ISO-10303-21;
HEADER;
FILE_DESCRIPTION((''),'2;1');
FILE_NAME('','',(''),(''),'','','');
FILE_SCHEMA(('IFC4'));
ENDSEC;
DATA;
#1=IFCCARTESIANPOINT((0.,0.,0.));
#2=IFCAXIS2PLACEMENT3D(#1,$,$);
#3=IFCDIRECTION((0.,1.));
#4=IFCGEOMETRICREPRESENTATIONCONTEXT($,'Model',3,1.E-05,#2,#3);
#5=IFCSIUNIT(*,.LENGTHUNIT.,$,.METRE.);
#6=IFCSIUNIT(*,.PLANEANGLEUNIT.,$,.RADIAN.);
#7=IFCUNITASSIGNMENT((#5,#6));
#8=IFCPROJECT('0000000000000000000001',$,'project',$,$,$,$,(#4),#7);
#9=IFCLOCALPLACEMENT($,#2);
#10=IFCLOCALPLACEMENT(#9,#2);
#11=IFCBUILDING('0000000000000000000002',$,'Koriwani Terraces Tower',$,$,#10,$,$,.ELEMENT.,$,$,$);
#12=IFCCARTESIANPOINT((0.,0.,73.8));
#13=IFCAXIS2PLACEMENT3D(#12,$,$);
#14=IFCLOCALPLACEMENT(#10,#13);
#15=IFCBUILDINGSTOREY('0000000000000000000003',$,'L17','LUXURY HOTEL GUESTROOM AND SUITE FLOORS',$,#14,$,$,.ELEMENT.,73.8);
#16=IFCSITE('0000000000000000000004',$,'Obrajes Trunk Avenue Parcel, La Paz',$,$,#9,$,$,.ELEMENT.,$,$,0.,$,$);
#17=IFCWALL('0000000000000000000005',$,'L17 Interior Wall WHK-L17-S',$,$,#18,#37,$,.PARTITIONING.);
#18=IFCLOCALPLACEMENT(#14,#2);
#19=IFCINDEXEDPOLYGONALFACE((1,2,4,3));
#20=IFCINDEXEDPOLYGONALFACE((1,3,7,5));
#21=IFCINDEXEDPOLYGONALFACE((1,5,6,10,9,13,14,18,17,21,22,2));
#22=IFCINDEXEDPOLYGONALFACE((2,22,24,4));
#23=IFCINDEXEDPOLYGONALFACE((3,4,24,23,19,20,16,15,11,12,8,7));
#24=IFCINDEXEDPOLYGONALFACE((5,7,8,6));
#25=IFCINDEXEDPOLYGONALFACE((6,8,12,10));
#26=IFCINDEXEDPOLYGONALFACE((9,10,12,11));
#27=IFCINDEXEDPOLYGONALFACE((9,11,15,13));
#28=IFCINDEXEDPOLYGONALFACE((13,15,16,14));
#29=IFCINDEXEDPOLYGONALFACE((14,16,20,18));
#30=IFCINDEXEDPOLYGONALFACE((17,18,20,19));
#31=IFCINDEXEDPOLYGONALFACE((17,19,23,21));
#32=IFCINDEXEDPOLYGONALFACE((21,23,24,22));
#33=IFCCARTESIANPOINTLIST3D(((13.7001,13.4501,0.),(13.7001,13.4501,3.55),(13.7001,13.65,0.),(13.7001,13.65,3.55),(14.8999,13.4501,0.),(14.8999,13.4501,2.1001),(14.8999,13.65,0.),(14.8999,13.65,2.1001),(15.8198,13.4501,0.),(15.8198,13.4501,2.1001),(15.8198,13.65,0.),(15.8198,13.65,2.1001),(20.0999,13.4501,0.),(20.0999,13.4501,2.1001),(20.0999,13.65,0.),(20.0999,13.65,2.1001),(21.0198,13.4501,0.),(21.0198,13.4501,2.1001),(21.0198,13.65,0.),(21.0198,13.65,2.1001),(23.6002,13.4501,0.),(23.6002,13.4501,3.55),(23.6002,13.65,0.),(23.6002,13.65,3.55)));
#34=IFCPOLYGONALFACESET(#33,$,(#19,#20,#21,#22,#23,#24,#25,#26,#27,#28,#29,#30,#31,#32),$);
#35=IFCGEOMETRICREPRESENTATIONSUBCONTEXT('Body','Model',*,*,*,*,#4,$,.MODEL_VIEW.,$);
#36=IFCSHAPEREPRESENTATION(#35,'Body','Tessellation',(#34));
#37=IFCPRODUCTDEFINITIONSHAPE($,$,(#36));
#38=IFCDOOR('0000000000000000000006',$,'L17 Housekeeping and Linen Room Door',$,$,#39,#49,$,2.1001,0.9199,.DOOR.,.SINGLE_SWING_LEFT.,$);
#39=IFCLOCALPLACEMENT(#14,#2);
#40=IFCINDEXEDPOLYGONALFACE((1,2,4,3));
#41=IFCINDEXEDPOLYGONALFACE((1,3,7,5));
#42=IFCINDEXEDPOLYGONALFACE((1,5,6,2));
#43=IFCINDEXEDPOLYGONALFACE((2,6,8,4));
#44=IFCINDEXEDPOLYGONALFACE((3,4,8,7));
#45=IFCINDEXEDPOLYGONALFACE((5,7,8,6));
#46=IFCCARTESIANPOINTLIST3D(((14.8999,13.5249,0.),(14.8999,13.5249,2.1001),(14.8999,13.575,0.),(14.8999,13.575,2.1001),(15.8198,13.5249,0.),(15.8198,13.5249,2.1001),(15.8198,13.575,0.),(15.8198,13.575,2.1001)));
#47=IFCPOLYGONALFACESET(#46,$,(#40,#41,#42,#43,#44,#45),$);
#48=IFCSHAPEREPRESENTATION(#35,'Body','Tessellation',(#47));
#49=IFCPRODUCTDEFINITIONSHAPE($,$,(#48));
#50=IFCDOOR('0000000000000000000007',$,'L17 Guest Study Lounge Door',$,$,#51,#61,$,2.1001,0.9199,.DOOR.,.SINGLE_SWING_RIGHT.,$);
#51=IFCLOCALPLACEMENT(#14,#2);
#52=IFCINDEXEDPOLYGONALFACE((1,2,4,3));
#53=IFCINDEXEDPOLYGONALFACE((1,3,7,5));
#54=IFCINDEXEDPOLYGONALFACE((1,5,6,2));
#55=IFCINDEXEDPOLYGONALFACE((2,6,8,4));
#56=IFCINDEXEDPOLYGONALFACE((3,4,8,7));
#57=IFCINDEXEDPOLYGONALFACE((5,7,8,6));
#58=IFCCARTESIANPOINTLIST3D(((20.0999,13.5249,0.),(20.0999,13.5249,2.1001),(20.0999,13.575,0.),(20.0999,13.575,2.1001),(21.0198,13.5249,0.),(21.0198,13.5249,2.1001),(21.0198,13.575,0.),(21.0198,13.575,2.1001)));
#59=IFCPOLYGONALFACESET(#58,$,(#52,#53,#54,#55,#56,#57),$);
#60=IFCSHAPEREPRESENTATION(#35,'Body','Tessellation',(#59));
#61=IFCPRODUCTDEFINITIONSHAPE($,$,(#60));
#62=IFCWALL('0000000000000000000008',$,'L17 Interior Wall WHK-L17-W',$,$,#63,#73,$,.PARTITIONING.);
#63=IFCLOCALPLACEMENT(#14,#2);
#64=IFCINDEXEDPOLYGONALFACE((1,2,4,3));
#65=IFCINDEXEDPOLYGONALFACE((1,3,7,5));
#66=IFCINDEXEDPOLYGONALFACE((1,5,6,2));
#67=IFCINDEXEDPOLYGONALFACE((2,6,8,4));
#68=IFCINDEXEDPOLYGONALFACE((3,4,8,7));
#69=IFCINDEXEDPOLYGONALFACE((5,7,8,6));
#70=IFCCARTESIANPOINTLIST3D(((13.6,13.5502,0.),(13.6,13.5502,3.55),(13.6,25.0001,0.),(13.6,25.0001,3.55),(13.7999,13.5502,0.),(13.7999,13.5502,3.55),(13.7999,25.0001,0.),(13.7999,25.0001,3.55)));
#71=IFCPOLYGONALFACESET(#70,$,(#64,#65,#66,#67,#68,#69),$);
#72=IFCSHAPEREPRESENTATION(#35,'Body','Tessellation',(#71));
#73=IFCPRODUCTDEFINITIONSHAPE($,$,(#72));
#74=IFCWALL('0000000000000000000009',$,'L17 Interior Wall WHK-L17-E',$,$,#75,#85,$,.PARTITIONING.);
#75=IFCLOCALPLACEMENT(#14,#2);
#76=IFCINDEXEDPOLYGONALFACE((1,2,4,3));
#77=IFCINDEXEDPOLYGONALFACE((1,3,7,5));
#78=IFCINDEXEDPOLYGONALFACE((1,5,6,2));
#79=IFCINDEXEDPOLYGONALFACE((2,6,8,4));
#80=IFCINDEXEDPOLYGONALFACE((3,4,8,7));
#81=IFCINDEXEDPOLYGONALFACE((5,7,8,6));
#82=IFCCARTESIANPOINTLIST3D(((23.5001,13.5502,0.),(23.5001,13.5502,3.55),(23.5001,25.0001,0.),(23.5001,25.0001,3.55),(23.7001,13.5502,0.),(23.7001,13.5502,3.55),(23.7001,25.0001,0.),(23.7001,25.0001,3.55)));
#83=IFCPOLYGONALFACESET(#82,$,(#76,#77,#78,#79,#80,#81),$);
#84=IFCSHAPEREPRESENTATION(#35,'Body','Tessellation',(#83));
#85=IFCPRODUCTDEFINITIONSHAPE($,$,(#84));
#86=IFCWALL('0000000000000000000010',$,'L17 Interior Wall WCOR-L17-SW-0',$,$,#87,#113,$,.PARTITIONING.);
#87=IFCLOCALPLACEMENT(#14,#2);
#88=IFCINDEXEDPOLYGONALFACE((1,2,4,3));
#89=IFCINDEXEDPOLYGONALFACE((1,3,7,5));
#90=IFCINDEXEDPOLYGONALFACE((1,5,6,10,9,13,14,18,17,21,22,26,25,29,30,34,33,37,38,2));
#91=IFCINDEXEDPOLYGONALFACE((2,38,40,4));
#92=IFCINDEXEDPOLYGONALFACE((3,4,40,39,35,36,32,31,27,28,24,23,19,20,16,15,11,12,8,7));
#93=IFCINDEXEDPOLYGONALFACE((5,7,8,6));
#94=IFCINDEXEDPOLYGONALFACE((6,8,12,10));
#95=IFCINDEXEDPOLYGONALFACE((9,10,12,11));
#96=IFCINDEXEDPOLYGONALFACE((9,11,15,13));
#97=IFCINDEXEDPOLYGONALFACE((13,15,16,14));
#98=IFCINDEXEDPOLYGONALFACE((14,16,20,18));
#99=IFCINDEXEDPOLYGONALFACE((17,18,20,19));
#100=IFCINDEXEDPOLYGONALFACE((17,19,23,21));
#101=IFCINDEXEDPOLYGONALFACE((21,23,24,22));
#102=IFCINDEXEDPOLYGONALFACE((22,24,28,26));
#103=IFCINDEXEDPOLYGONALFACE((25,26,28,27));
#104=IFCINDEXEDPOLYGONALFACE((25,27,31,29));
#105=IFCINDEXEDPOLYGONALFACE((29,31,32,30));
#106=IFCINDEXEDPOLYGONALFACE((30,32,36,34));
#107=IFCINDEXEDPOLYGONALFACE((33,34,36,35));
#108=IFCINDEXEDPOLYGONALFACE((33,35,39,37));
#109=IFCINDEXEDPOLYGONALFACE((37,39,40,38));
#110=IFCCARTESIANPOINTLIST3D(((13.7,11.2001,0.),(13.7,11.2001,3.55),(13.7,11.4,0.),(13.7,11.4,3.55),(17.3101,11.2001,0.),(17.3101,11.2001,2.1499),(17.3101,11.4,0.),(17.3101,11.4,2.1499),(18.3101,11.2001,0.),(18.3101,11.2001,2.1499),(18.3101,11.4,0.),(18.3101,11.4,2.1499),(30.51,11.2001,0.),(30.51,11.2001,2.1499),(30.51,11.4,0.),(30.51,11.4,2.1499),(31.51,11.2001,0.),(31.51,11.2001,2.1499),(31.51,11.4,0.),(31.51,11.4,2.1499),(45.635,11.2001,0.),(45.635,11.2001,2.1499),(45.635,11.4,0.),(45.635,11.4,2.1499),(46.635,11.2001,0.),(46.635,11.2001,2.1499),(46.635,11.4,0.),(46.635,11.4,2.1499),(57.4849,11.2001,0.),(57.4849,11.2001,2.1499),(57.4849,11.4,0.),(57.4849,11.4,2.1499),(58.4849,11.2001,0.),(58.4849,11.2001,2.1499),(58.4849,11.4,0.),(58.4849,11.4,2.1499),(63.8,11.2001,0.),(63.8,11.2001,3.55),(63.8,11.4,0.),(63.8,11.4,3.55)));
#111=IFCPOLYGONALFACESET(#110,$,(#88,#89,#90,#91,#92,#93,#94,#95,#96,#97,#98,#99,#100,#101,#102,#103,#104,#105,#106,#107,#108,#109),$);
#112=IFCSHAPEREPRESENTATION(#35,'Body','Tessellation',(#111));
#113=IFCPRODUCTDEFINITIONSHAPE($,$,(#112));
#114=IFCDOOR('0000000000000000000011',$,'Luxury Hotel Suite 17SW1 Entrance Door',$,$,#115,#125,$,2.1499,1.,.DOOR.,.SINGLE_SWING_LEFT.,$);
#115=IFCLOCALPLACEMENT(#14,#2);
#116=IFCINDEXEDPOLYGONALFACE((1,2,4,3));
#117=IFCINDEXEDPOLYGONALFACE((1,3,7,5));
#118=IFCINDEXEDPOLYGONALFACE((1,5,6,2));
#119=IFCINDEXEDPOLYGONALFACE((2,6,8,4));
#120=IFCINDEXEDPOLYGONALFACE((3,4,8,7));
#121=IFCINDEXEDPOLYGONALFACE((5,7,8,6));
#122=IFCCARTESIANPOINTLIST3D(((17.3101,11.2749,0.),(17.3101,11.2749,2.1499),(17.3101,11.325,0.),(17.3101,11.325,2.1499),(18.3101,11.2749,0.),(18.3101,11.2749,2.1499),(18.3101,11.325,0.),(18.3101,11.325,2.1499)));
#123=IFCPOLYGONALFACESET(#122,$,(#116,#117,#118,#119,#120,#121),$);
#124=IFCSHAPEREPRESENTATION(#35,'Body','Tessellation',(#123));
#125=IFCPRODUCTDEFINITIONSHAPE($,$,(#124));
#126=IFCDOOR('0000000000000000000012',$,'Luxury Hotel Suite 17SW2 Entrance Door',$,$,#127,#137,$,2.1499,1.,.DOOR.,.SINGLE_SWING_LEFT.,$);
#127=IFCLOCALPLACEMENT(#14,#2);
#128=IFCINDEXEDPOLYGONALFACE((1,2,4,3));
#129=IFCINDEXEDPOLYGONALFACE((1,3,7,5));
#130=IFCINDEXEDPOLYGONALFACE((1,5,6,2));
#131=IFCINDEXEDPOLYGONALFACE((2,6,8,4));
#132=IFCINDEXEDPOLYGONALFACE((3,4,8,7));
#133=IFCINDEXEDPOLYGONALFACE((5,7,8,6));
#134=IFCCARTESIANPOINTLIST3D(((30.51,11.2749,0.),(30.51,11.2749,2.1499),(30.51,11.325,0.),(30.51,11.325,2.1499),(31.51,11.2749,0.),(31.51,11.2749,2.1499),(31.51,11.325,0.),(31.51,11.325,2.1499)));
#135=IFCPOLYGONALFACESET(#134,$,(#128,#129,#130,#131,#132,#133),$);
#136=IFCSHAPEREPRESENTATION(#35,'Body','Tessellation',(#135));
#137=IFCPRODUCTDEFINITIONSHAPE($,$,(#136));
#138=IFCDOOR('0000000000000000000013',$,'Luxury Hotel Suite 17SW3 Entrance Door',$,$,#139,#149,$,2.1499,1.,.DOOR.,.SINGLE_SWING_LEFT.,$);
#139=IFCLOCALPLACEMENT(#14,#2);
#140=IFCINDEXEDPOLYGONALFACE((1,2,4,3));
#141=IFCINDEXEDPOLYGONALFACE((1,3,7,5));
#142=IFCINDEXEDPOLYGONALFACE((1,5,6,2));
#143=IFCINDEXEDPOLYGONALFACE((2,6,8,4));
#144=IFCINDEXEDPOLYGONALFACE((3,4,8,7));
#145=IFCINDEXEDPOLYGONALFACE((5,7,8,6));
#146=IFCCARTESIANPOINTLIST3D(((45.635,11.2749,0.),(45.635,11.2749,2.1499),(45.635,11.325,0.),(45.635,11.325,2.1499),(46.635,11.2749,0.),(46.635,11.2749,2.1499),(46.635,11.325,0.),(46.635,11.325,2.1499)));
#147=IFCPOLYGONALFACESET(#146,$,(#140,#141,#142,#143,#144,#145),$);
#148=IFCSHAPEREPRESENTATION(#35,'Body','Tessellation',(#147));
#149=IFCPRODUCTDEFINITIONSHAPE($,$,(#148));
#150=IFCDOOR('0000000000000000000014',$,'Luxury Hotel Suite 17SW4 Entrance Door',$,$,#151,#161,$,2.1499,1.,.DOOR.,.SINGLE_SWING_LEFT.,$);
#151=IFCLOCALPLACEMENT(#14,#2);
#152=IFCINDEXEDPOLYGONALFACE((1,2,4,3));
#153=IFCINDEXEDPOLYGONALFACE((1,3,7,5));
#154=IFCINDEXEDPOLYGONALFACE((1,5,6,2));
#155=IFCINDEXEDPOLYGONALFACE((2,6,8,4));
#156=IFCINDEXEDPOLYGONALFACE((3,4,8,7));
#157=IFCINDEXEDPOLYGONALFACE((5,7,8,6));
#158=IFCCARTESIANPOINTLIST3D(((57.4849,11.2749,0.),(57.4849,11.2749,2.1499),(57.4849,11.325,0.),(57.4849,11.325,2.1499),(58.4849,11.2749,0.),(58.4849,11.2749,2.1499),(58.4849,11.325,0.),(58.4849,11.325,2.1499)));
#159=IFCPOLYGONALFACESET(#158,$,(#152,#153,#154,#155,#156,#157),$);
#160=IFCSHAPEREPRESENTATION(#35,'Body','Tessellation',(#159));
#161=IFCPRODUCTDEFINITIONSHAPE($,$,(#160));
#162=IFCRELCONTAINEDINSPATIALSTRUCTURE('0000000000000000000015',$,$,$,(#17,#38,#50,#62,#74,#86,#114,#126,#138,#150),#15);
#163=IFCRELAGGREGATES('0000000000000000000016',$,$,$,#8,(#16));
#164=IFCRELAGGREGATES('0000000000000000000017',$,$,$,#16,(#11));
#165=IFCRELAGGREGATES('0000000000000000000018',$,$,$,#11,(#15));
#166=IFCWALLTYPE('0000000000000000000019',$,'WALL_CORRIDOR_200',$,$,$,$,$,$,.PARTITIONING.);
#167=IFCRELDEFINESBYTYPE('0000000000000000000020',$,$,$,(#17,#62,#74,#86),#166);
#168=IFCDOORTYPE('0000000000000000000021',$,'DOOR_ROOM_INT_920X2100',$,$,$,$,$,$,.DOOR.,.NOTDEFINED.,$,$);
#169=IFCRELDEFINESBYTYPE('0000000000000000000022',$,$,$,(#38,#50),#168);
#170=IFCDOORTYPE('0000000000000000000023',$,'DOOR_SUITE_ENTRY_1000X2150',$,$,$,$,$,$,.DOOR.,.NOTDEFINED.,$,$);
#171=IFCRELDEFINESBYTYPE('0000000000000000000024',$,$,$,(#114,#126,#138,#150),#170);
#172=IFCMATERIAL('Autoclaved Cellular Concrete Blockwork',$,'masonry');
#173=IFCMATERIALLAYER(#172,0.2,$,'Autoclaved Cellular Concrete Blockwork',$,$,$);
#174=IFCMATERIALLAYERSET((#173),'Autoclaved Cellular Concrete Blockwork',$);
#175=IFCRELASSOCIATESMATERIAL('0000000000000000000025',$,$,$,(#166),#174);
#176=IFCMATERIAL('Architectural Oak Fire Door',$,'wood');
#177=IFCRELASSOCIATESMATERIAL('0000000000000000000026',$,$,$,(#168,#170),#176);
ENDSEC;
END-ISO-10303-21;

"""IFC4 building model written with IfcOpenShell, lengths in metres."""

from ifc_helpers import new_model, si_unit, direction, frame, frame_2d, origin, place, context, subcontext, project, spatial, rectangle, extrude, material, layer, layer_set, type_object, element, fill, save


model = new_model("IFC4")

# Units and contexts
model_context = context("Model", 3, precision=1e-05, world=origin(), true_north=direction((0.0, 1.0)))
body_context = subcontext(model_context, "Body", "Model", "MODEL_VIEW")
ifc_project = project(units=[si_unit("LENGTHUNIT", "METRE"), si_unit("PLANEANGLEUNIT", "RADIAN")], contexts=[model_context])

# Site, building, storey
site_placement = place(None, origin())
site = spatial("IfcSite", under=ifc_project, at=site_placement, Name="Obrajes Trunk Avenue Parcel, La Paz", CompositionType="ELEMENT", RefElevation=0.0)
building_placement = place(site_placement, origin())
building = spatial("IfcBuilding", under=site, at=building_placement, Name="Koriwani Terraces Tower", CompositionType="ELEMENT")
storey_placement = place(building_placement, frame((0.0, 0.0, 73.8)))
storey = spatial("IfcBuildingStorey", under=building, at=storey_placement, Name="L17", Description="LUXURY HOTEL GUESTROOM AND SUITE FLOORS", CompositionType="ELEMENT", Elevation=73.8)

# Wall, openings, doors
ifc_material_1 = material(Name="Autoclaved Cellular Concrete Blockwork", Category="masonry")
ifc_layer_1 = layer(ifc_material_1, 0.2, Name="Autoclaved Cellular Concrete Blockwork")
ifc_layer_set_1 = layer_set([ifc_layer_1], Name="Autoclaved Cellular Concrete Blockwork")
wall_type_1 = type_object("IfcWallType", Name="WALL_CORRIDOR_200", PredefinedType="PARTITIONING", material=ifc_layer_set_1)
wall_1_placement = place(storey_placement, frame((13.7, 13.55, 0.0), z_axis=(0.0, 0.0, 1.0), x_axis=(1.0, 0.0, 0.0)))
wall_1 = element("IfcWall", 1, at=wall_1_placement, inside=storey, type_object=wall_type_1, Name="L17 Interior Wall WHK-L17-S", PredefinedType="PARTITIONING", context=body_context, shape_type="SweptSolid", body=[
    extrude(rectangle(XDim=9.9001, YDim=0.2, at=frame_2d((4.9502, 0.0))), origin(), (0.0, 0.0, 1.0), 3.55),
])
opening_1_placement = place(wall_1_placement, frame((1.2, 0.0, 0.0)))
opening_1 = element("IfcOpeningElement", 2, at=opening_1_placement, cuts=wall_1, PredefinedType="OPENING", context=body_context, shape_type="SweptSolid", body=[
    extrude(rectangle(XDim=0.9199, YDim=2.1001, at=frame_2d((0.46, 1.05))), frame((0.0, 0.1099, 0.0), z_axis=(0.0, -1.0, 0.0), x_axis=(1.0, 0.0, 0.0)), (0.0, 0.0, 1.0), 0.22),
])
opening_2_placement = place(wall_1_placement, frame((6.3999, 0.0, 0.0)))
opening_2 = element("IfcOpeningElement", 3, at=opening_2_placement, cuts=wall_1, PredefinedType="OPENING", context=body_context, shape_type="SweptSolid", body=[
    extrude(rectangle(XDim=0.9199, YDim=2.1001, at=frame_2d((0.46, 1.05))), frame((0.0, 0.1099, 0.0), z_axis=(0.0, -1.0, 0.0), x_axis=(1.0, 0.0, 0.0)), (0.0, 0.0, 1.0), 0.22),
])
ifc_material_2 = material(Name="Architectural Oak Fire Door", Category="wood")
door_type_1 = type_object("IfcDoorType", Name="DOOR_ROOM_INT_920X2100", OperationType="NOTDEFINED", PredefinedType="DOOR", material=ifc_material_2)
door_1_placement = place(opening_1_placement, origin())
door_1 = element("IfcDoor", 4, at=door_1_placement, inside=storey, type_object=door_type_1, Name="L17 Housekeeping and Linen Room Door", OperationType="SINGLE_SWING_LEFT", OverallHeight=2.1001, OverallWidth=0.9199, PredefinedType="DOOR", context=body_context, shape_type="SweptSolid", body=[
    extrude(rectangle(XDim=0.9199, YDim=2.1001, at=frame_2d((0.46, 1.05))), frame((0.0, 0.0249, 0.0), z_axis=(0.0, -1.0, 0.0), x_axis=(1.0, 0.0, 0.0)), (0.0, 0.0, 1.0), 0.05),
])
fill(opening_1, door_1)
door_2_placement = place(opening_2_placement, origin())
door_2 = element("IfcDoor", 5, at=door_2_placement, inside=storey, type_object=door_type_1, Name="L17 Guest Study Lounge Door", OperationType="SINGLE_SWING_RIGHT", OverallHeight=2.1001, OverallWidth=0.9199, PredefinedType="DOOR", context=body_context, shape_type="SweptSolid", body=[
    extrude(rectangle(XDim=0.9199, YDim=2.1001, at=frame_2d((0.46, 1.05))), frame((0.0, 0.0249, 0.0), z_axis=(0.0, -1.0, 0.0), x_axis=(1.0, 0.0, 0.0)), (0.0, 0.0, 1.0), 0.05),
])
fill(opening_2, door_2)

# Walls
for number, where, z_axis, x_axis, name in (
    (6, (13.7, 13.55, 0.0), (0.0, 0.0, 1.0), (0.0, 1.0, 0.0), "L17 Interior Wall WHK-L17-W"),
    (7, (23.6001, 13.55, 0.0), (0.0, 0.0, 1.0), (0.0, 1.0, 0.0), "L17 Interior Wall WHK-L17-E"),
):
    element("IfcWall", number, at=place(storey_placement, frame(where, z_axis=z_axis, x_axis=x_axis)), inside=storey, type_object=wall_type_1, Name=name, PredefinedType="PARTITIONING", context=body_context, shape_type="SweptSolid", body=[
        extrude(rectangle(XDim=11.45, YDim=0.2, at=frame_2d((5.7251, 0.0))), origin(), (0.0, 0.0, 1.0), 3.55),
    ])

# Wall, openings, doors
wall_2_placement = place(storey_placement, frame((13.7, 11.3, 0.0), z_axis=(0.0, 0.0, 1.0), x_axis=(1.0, 0.0, 0.0)))
wall_2 = element("IfcWall", 8, at=wall_2_placement, inside=storey, type_object=wall_type_1, Name="L17 Interior Wall WCOR-L17-SW-0", PredefinedType="PARTITIONING", context=body_context, shape_type="SweptSolid", body=[
    extrude(rectangle(XDim=50.1001, YDim=0.2, at=frame_2d((25.05, 0.0))), origin(), (0.0, 0.0, 1.0), 3.55),
])
opening_3_placement = place(wall_2_placement, frame((3.6101, 0.0, 0.0)))
opening_3 = element("IfcOpeningElement", 9, at=opening_3_placement, cuts=wall_2, PredefinedType="OPENING", context=body_context, shape_type="SweptSolid", body=[
    extrude(rectangle(XDim=1.0, YDim=2.1499, at=frame_2d((0.5, 1.075))), frame((0.0, 0.1099, 0.0), z_axis=(0.0, -1.0, 0.0), x_axis=(1.0, 0.0, 0.0)), (0.0, 0.0, 1.0), 0.22),
])
opening_4_placement = place(wall_2_placement, frame((16.8101, 0.0, 0.0)))
opening_4 = element("IfcOpeningElement", 10, at=opening_4_placement, cuts=wall_2, PredefinedType="OPENING", context=body_context, shape_type="SweptSolid", body=[
    extrude(rectangle(XDim=1.0, YDim=2.1499, at=frame_2d((0.5, 1.075))), frame((0.0, 0.1099, 0.0), z_axis=(0.0, -1.0, 0.0), x_axis=(1.0, 0.0, 0.0)), (0.0, 0.0, 1.0), 0.22),
])
opening_5_placement = place(wall_2_placement, frame((31.9351, 0.0, 0.0)))
opening_5 = element("IfcOpeningElement", 11, at=opening_5_placement, cuts=wall_2, PredefinedType="OPENING", context=body_context, shape_type="SweptSolid", body=[
    extrude(rectangle(XDim=1.0, YDim=2.1499, at=frame_2d((0.5, 1.075))), frame((0.0, 0.1099, 0.0), z_axis=(0.0, -1.0, 0.0), x_axis=(1.0, 0.0, 0.0)), (0.0, 0.0, 1.0), 0.22),
])
opening_6_placement = place(wall_2_placement, frame((43.7849, 0.0, 0.0)))
opening_6 = element("IfcOpeningElement", 12, at=opening_6_placement, cuts=wall_2, PredefinedType="OPENING", context=body_context, shape_type="SweptSolid", body=[
    extrude(rectangle(XDim=1.0, YDim=2.1499, at=frame_2d((0.5, 1.075))), frame((0.0, 0.1099, 0.0), z_axis=(0.0, -1.0, 0.0), x_axis=(1.0, 0.0, 0.0)), (0.0, 0.0, 1.0), 0.22),
])
door_type_2 = type_object("IfcDoorType", Name="DOOR_SUITE_ENTRY_1000X2150", OperationType="NOTDEFINED", PredefinedType="DOOR", material=ifc_material_2)
door_3_placement = place(opening_3_placement, origin())
door_3 = element("IfcDoor", 13, at=door_3_placement, inside=storey, type_object=door_type_2, Name="Luxury Hotel Suite 17SW1 Entrance Door", OperationType="SINGLE_SWING_LEFT", OverallHeight=2.1499, OverallWidth=1.0, PredefinedType="DOOR", context=body_context, shape_type="SweptSolid", body=[
    extrude(rectangle(XDim=1.0, YDim=2.1499, at=frame_2d((0.5, 1.075))), frame((0.0, 0.0249, 0.0), z_axis=(0.0, -1.0, 0.0), x_axis=(1.0, 0.0, 0.0)), (0.0, 0.0, 1.0), 0.05),
])
fill(opening_3, door_3)
door_4_placement = place(opening_4_placement, origin())
door_4 = element("IfcDoor", 14, at=door_4_placement, inside=storey, type_object=door_type_2, Name="Luxury Hotel Suite 17SW2 Entrance Door", OperationType="SINGLE_SWING_LEFT", OverallHeight=2.1499, OverallWidth=1.0, PredefinedType="DOOR", context=body_context, shape_type="SweptSolid", body=[
    extrude(rectangle(XDim=1.0, YDim=2.1499, at=frame_2d((0.5, 1.075))), frame((0.0, 0.0249, 0.0), z_axis=(0.0, -1.0, 0.0), x_axis=(1.0, 0.0, 0.0)), (0.0, 0.0, 1.0), 0.05),
])
fill(opening_4, door_4)
door_5_placement = place(opening_5_placement, origin())
door_5 = element("IfcDoor", 15, at=door_5_placement, inside=storey, type_object=door_type_2, Name="Luxury Hotel Suite 17SW3 Entrance Door", OperationType="SINGLE_SWING_LEFT", OverallHeight=2.1499, OverallWidth=1.0, PredefinedType="DOOR", context=body_context, shape_type="SweptSolid", body=[
    extrude(rectangle(XDim=1.0, YDim=2.1499, at=frame_2d((0.5, 1.075))), frame((0.0, 0.0249, 0.0), z_axis=(0.0, -1.0, 0.0), x_axis=(1.0, 0.0, 0.0)), (0.0, 0.0, 1.0), 0.05),
])
fill(opening_5, door_5)
door_6_placement = place(opening_6_placement, origin())
door_6 = element("IfcDoor", 16, at=door_6_placement, inside=storey, type_object=door_type_2, Name="Luxury Hotel Suite 17SW4 Entrance Door", OperationType="SINGLE_SWING_LEFT", OverallHeight=2.1499, OverallWidth=1.0, PredefinedType="DOOR", context=body_context, shape_type="SweptSolid", body=[
    extrude(rectangle(XDim=1.0, YDim=2.1499, at=frame_2d((0.5, 1.075))), frame((0.0, 0.0249, 0.0), z_axis=(0.0, -1.0, 0.0), x_axis=(1.0, 0.0, 0.0)), (0.0, 0.0, 1.0), 0.05),
])
fill(opening_6, door_6)

save(model, "model.ifc")
